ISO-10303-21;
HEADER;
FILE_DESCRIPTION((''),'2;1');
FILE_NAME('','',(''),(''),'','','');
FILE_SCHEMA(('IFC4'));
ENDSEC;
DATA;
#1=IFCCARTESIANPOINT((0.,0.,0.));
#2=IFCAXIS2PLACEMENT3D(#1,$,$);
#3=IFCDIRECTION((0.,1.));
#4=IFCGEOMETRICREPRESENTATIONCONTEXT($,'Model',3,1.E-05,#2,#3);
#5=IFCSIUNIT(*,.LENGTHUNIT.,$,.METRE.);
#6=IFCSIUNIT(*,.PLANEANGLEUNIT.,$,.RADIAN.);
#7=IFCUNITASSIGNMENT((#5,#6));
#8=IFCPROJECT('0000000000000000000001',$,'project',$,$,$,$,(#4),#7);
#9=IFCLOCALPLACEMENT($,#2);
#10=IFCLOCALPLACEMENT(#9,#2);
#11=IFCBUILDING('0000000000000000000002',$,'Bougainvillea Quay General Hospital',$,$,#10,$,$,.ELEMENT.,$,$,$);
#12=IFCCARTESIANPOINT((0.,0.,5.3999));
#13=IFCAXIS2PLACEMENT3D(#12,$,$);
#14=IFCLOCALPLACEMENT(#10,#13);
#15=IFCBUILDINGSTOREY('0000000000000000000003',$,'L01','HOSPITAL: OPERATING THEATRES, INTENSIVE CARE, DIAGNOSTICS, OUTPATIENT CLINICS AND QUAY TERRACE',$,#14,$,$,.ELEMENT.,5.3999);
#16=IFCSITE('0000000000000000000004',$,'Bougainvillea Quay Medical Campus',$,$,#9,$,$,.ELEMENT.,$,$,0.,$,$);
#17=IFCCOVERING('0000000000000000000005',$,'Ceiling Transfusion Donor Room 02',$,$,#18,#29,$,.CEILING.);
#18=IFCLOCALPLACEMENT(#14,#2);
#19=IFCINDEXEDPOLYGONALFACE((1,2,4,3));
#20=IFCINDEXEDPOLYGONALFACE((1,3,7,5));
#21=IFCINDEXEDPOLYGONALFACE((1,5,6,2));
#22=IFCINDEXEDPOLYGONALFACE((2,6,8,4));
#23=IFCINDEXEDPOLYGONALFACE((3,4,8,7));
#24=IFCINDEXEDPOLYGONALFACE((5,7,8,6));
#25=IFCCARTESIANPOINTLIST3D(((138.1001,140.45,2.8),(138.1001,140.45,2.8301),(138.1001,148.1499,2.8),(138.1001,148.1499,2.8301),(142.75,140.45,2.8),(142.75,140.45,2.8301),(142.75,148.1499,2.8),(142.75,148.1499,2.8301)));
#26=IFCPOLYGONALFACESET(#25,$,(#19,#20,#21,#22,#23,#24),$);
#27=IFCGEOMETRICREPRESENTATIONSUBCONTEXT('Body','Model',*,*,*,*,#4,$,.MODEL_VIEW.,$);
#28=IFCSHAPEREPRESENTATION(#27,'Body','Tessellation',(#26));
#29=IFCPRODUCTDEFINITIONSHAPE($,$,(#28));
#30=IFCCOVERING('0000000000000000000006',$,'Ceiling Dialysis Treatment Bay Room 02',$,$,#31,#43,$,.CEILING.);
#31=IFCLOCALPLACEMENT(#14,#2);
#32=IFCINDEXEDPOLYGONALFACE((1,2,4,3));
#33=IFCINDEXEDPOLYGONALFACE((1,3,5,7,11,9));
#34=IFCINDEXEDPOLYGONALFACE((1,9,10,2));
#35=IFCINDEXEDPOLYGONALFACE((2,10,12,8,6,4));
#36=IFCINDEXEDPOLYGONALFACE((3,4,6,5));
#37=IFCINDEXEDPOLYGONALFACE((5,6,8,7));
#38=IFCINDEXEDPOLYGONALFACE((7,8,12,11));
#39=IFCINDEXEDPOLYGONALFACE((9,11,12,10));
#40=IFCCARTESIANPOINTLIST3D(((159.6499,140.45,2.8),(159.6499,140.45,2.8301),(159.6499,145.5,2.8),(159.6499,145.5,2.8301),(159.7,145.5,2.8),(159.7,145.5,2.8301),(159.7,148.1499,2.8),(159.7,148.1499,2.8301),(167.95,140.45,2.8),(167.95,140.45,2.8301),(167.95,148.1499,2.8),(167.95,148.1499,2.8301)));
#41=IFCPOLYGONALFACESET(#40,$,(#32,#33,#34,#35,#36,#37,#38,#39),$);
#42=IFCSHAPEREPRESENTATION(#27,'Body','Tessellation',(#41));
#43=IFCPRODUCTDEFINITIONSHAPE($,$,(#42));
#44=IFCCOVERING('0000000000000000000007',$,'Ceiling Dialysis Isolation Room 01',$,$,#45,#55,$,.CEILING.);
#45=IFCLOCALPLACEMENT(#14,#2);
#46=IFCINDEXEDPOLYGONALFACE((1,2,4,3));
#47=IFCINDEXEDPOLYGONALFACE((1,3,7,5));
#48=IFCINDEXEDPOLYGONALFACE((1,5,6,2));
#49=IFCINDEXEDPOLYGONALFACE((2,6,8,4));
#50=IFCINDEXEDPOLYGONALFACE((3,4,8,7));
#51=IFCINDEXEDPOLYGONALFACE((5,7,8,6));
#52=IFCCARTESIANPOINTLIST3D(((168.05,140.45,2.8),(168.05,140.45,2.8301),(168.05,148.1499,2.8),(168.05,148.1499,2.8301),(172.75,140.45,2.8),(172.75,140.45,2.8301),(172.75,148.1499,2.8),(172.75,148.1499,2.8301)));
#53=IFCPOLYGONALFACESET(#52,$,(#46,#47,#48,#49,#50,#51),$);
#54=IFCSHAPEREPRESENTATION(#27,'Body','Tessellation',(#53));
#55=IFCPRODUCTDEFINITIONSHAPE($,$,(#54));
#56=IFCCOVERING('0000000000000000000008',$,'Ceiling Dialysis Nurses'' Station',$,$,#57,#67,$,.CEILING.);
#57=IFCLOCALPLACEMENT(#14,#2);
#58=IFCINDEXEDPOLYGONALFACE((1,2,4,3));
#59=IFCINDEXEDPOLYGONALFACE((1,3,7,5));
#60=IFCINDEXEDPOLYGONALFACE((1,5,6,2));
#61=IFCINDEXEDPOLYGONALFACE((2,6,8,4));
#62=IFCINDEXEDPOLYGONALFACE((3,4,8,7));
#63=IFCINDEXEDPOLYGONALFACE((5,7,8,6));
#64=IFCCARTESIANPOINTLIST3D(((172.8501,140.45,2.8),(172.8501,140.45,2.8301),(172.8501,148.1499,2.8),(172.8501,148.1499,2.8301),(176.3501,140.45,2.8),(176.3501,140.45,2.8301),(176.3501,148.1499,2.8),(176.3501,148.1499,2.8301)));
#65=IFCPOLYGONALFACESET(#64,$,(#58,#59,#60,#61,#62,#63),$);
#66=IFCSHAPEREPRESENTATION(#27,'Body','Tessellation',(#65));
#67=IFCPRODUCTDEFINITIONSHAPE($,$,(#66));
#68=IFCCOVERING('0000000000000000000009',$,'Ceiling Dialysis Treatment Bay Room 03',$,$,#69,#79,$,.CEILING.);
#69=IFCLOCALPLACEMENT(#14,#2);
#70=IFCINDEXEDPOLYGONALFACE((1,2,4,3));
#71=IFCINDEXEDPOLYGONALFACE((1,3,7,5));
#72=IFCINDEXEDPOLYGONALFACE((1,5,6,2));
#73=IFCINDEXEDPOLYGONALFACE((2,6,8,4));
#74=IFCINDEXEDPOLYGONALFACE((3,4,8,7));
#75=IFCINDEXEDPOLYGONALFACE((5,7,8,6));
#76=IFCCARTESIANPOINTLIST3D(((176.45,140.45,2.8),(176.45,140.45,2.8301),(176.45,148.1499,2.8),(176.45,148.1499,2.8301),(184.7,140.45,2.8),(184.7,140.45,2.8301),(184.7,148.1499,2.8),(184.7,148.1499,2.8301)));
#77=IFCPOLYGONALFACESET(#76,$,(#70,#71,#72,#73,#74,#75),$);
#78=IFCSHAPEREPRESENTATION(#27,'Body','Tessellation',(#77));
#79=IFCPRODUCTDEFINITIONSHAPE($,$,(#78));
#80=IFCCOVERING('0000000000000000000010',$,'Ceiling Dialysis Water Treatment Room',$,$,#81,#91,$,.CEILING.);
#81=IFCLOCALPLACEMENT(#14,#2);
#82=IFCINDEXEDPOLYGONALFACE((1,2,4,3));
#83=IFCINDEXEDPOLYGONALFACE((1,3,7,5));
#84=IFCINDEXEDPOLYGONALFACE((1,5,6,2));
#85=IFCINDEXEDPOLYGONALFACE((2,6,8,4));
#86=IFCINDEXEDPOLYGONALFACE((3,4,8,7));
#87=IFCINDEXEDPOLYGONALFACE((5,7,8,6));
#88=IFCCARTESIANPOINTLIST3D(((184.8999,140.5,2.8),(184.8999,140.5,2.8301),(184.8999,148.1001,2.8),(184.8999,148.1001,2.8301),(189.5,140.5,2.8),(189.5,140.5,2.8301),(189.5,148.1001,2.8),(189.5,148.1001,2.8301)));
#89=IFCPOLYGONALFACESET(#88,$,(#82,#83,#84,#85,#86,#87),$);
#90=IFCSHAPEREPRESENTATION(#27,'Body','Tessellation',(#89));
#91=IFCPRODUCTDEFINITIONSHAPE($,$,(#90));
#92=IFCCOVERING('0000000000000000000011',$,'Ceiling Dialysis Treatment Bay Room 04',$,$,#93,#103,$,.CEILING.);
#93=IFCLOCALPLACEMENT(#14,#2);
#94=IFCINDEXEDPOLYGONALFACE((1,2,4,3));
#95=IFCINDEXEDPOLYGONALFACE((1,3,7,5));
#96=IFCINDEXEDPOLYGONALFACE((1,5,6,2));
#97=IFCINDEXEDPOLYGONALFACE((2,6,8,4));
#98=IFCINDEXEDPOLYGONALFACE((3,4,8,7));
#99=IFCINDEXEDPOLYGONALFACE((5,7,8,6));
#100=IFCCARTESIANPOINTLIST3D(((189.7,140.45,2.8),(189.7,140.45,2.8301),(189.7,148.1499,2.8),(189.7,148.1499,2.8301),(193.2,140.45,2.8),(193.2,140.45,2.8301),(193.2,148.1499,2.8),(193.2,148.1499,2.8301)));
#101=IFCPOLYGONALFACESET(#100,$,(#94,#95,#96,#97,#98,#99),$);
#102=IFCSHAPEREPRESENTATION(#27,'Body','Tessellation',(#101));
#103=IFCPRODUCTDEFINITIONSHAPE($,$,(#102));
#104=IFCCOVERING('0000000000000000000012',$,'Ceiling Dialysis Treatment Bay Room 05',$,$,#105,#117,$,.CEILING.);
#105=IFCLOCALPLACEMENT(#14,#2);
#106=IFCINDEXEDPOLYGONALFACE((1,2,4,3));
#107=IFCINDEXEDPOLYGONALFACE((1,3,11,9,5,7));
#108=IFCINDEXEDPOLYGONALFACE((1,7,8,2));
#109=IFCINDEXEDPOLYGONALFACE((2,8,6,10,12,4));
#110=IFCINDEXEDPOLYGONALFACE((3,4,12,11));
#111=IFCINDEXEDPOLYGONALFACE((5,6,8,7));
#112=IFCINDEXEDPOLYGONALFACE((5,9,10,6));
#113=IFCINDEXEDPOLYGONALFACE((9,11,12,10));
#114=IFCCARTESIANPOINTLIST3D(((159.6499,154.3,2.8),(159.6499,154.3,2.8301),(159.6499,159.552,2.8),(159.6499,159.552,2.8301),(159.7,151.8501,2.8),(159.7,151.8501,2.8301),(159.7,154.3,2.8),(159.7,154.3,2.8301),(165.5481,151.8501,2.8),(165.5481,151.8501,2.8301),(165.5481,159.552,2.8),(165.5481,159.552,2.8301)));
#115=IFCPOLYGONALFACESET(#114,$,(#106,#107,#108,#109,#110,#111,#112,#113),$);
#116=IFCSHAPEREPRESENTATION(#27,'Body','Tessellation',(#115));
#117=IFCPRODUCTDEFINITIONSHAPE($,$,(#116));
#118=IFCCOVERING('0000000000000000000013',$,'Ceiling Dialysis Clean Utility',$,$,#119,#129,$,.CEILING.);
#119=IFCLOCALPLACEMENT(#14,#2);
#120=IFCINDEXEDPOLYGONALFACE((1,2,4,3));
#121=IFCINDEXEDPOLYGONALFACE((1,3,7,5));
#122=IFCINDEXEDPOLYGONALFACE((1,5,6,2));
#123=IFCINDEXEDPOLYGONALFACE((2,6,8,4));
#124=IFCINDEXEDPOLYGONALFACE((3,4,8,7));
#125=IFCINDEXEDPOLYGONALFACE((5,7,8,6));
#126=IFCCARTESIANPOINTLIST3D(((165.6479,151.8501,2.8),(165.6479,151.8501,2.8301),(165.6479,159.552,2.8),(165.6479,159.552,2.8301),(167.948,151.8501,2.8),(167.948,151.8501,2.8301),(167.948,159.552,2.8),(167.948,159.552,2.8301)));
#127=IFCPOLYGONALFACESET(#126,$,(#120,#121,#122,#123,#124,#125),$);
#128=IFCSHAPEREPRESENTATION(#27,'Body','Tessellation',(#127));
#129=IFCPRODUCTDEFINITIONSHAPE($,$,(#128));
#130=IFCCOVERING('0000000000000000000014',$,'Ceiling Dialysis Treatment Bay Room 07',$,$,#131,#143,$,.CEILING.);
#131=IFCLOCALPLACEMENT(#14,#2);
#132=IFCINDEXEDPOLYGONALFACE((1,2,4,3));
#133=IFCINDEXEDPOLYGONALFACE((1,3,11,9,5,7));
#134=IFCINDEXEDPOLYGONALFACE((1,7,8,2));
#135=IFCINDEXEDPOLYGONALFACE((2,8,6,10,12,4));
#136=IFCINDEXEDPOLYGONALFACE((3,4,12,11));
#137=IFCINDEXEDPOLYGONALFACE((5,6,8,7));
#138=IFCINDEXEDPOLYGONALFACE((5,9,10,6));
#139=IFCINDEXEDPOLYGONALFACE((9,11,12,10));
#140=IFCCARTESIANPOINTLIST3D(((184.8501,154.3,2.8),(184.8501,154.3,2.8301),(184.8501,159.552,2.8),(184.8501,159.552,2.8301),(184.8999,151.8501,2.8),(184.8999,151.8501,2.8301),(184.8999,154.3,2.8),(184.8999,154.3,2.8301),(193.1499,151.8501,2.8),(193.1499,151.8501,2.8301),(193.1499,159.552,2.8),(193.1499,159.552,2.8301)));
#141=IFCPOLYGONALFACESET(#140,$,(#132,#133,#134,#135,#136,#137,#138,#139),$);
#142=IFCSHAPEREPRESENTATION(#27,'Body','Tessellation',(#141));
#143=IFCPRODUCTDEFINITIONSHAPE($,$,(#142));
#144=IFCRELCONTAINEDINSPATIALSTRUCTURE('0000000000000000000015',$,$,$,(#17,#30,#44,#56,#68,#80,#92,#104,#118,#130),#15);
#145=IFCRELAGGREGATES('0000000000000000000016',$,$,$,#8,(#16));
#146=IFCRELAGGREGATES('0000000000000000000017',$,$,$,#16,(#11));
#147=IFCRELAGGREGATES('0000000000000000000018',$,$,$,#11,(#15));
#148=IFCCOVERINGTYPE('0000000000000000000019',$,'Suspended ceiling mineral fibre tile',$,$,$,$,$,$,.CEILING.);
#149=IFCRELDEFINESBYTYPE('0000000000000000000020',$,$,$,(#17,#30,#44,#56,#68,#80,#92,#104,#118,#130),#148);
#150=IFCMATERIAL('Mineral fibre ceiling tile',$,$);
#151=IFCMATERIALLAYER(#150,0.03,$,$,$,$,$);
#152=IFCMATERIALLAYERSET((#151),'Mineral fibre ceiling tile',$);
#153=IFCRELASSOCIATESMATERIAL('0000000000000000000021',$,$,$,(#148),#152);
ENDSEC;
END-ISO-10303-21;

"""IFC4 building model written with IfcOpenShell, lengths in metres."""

from ifc_helpers import new_model, si_unit, direction, frame, origin, place, context, subcontext, project, spatial, polyline, outline, extrude, material, layer, layer_set, type_object, element, save


model = new_model("IFC4")

# Units and contexts
model_context = context("Model", 3, precision=1e-05, world=origin(), true_north=direction((0.0, 1.0)))
body_context = subcontext(model_context, "Body", "Model", "MODEL_VIEW")
ifc_project = project(units=[si_unit("LENGTHUNIT", "METRE"), si_unit("PLANEANGLEUNIT", "RADIAN")], contexts=[model_context])

# Site, building, storey
site_placement = place(None, origin())
site = spatial("IfcSite", under=ifc_project, at=site_placement, Name="Bougainvillea Quay Medical Campus", CompositionType="ELEMENT", RefElevation=0.0)
building_placement = place(site_placement, origin())
building = spatial("IfcBuilding", under=site, at=building_placement, Name="Bougainvillea Quay General Hospital", CompositionType="ELEMENT")
storey_placement = place(building_placement, frame((0.0, 0.0, 5.3999)))
storey = spatial("IfcBuildingStorey", under=building, at=storey_placement, Name="L01", Description="HOSPITAL: OPERATING THEATRES, INTENSIVE CARE, DIAGNOSTICS, OUTPATIENT CLINICS AND QUAY TERRACE", CompositionType="ELEMENT", Elevation=5.3999)

# Coverings
ifc_material_1 = material(Name="Mineral fibre ceiling tile")
ifc_layer_1 = layer(ifc_material_1, 0.03)
ifc_layer_set_1 = layer_set([ifc_layer_1], Name="Mineral fibre ceiling tile")
covering_type_1 = type_object("IfcCoveringType", Name="Suspended ceiling mineral fibre tile", PredefinedType="CEILING", material=ifc_layer_set_1)
covering_1_placement = place(storey_placement, frame((0.0, 0.0, 2.8)))
element("IfcCovering", 1, at=covering_1_placement, inside=storey, type_object=covering_type_1, Name="Ceiling Transfusion Donor Room 02", PredefinedType="CEILING", context=body_context, shape_type="SweptSolid", body=[
    extrude(outline(polyline([(142.75, 140.45), (142.75, 148.1499), (138.1001, 148.1499), (138.1001, 140.45), (142.75, 140.45)])), origin(), (0.0, 0.0, 1.0), 0.03),
])
covering_2_placement = place(storey_placement, frame((0.0, 0.0, 2.8)))
element("IfcCovering", 2, at=covering_2_placement, inside=storey, type_object=covering_type_1, Name="Ceiling Dialysis Treatment Bay Room 02", PredefinedType="CEILING", context=body_context, shape_type="SweptSolid", body=[
    extrude(outline(polyline([(159.6499, 145.5), (159.6499, 140.45), (167.95, 140.45), (167.95, 148.1499), (159.7, 148.1499), (159.7, 145.5), (159.6499, 145.5)])), origin(), (0.0, 0.0, 1.0), 0.03),
])
covering_3_placement = place(storey_placement, frame((0.0, 0.0, 2.8)))
element("IfcCovering", 3, at=covering_3_placement, inside=storey, type_object=covering_type_1, Name="Ceiling Dialysis Isolation Room 01", PredefinedType="CEILING", context=body_context, shape_type="SweptSolid", body=[
    extrude(outline(polyline([(172.75, 148.1499), (168.05, 148.1499), (168.05, 140.45), (172.75, 140.45), (172.75, 148.1499)])), origin(), (0.0, 0.0, 1.0), 0.03),
])
covering_4_placement = place(storey_placement, frame((0.0, 0.0, 2.8)))
element("IfcCovering", 4, at=covering_4_placement, inside=storey, type_object=covering_type_1, Name="Ceiling Dialysis Nurses' Station", PredefinedType="CEILING", context=body_context, shape_type="SweptSolid", body=[
    extrude(outline(polyline([(172.8501, 148.1499), (172.8501, 140.45), (176.3501, 140.45), (176.3501, 148.1499), (172.8501, 148.1499)])), origin(), (0.0, 0.0, 1.0), 0.03),
])
covering_5_placement = place(storey_placement, frame((0.0, 0.0, 2.8)))
element("IfcCovering", 5, at=covering_5_placement, inside=storey, type_object=covering_type_1, Name="Ceiling Dialysis Treatment Bay Room 03", PredefinedType="CEILING", context=body_context, shape_type="SweptSolid", body=[
    extrude(outline(polyline([(184.7, 140.45), (184.7, 148.1499), (176.45, 148.1499), (176.45, 140.45), (184.7, 140.45)])), origin(), (0.0, 0.0, 1.0), 0.03),
])
covering_6_placement = place(storey_placement, frame((0.0, 0.0, 2.8)))
element("IfcCovering", 6, at=covering_6_placement, inside=storey, type_object=covering_type_1, Name="Ceiling Dialysis Water Treatment Room", PredefinedType="CEILING", context=body_context, shape_type="SweptSolid", body=[
    extrude(outline(polyline([(189.5, 140.5), (189.5, 148.1001), (184.8999, 148.1001), (184.8999, 140.5), (189.5, 140.5)])), origin(), (0.0, 0.0, 1.0), 0.03),
])
covering_7_placement = place(storey_placement, frame((0.0, 0.0, 2.8)))
element("IfcCovering", 7, at=covering_7_placement, inside=storey, type_object=covering_type_1, Name="Ceiling Dialysis Treatment Bay Room 04", PredefinedType="CEILING", context=body_context, shape_type="SweptSolid", body=[
    extrude(outline(polyline([(193.2, 148.1499), (189.7, 148.1499), (189.7, 140.45), (193.2, 140.45), (193.2, 148.1499)])), origin(), (0.0, 0.0, 1.0), 0.03),
])
covering_8_placement = place(storey_placement, frame((0.0, 0.0, 2.8)))
element("IfcCovering", 8, at=covering_8_placement, inside=storey, type_object=covering_type_1, Name="Ceiling Dialysis Treatment Bay Room 05", PredefinedType="CEILING", context=body_context, shape_type="SweptSolid", body=[
    extrude(outline(polyline([(159.7, 154.3), (159.7, 151.8501), (165.5481, 151.8501), (165.5481, 159.552), (159.6499, 159.552), (159.6499, 154.3), (159.7, 154.3)])), origin(), (0.0, 0.0, 1.0), 0.03),
])
covering_9_placement = place(storey_placement, frame((0.0, 0.0, 2.8)))
element("IfcCovering", 9, at=covering_9_placement, inside=storey, type_object=covering_type_1, Name="Ceiling Dialysis Clean Utility", PredefinedType="CEILING", context=body_context, shape_type="SweptSolid", body=[
    extrude(outline(polyline([(167.948, 151.8501), (167.948, 159.552), (165.6479, 159.552), (165.6479, 151.8501), (167.948, 151.8501)])), origin(), (0.0, 0.0, 1.0), 0.03),
])
covering_10_placement = place(storey_placement, frame((0.0, 0.0, 2.8)))
element("IfcCovering", 10, at=covering_10_placement, inside=storey, type_object=covering_type_1, Name="Ceiling Dialysis Treatment Bay Room 07", PredefinedType="CEILING", context=body_context, shape_type="SweptSolid", body=[
    extrude(outline(polyline([(193.1499, 151.8501), (193.1499, 159.552), (184.8501, 159.552), (184.8501, 154.3), (184.8999, 154.3), (184.8999, 151.8501), (193.1499, 151.8501)])), origin(), (0.0, 0.0, 1.0), 0.03),
])

save(model, "model.ifc")
